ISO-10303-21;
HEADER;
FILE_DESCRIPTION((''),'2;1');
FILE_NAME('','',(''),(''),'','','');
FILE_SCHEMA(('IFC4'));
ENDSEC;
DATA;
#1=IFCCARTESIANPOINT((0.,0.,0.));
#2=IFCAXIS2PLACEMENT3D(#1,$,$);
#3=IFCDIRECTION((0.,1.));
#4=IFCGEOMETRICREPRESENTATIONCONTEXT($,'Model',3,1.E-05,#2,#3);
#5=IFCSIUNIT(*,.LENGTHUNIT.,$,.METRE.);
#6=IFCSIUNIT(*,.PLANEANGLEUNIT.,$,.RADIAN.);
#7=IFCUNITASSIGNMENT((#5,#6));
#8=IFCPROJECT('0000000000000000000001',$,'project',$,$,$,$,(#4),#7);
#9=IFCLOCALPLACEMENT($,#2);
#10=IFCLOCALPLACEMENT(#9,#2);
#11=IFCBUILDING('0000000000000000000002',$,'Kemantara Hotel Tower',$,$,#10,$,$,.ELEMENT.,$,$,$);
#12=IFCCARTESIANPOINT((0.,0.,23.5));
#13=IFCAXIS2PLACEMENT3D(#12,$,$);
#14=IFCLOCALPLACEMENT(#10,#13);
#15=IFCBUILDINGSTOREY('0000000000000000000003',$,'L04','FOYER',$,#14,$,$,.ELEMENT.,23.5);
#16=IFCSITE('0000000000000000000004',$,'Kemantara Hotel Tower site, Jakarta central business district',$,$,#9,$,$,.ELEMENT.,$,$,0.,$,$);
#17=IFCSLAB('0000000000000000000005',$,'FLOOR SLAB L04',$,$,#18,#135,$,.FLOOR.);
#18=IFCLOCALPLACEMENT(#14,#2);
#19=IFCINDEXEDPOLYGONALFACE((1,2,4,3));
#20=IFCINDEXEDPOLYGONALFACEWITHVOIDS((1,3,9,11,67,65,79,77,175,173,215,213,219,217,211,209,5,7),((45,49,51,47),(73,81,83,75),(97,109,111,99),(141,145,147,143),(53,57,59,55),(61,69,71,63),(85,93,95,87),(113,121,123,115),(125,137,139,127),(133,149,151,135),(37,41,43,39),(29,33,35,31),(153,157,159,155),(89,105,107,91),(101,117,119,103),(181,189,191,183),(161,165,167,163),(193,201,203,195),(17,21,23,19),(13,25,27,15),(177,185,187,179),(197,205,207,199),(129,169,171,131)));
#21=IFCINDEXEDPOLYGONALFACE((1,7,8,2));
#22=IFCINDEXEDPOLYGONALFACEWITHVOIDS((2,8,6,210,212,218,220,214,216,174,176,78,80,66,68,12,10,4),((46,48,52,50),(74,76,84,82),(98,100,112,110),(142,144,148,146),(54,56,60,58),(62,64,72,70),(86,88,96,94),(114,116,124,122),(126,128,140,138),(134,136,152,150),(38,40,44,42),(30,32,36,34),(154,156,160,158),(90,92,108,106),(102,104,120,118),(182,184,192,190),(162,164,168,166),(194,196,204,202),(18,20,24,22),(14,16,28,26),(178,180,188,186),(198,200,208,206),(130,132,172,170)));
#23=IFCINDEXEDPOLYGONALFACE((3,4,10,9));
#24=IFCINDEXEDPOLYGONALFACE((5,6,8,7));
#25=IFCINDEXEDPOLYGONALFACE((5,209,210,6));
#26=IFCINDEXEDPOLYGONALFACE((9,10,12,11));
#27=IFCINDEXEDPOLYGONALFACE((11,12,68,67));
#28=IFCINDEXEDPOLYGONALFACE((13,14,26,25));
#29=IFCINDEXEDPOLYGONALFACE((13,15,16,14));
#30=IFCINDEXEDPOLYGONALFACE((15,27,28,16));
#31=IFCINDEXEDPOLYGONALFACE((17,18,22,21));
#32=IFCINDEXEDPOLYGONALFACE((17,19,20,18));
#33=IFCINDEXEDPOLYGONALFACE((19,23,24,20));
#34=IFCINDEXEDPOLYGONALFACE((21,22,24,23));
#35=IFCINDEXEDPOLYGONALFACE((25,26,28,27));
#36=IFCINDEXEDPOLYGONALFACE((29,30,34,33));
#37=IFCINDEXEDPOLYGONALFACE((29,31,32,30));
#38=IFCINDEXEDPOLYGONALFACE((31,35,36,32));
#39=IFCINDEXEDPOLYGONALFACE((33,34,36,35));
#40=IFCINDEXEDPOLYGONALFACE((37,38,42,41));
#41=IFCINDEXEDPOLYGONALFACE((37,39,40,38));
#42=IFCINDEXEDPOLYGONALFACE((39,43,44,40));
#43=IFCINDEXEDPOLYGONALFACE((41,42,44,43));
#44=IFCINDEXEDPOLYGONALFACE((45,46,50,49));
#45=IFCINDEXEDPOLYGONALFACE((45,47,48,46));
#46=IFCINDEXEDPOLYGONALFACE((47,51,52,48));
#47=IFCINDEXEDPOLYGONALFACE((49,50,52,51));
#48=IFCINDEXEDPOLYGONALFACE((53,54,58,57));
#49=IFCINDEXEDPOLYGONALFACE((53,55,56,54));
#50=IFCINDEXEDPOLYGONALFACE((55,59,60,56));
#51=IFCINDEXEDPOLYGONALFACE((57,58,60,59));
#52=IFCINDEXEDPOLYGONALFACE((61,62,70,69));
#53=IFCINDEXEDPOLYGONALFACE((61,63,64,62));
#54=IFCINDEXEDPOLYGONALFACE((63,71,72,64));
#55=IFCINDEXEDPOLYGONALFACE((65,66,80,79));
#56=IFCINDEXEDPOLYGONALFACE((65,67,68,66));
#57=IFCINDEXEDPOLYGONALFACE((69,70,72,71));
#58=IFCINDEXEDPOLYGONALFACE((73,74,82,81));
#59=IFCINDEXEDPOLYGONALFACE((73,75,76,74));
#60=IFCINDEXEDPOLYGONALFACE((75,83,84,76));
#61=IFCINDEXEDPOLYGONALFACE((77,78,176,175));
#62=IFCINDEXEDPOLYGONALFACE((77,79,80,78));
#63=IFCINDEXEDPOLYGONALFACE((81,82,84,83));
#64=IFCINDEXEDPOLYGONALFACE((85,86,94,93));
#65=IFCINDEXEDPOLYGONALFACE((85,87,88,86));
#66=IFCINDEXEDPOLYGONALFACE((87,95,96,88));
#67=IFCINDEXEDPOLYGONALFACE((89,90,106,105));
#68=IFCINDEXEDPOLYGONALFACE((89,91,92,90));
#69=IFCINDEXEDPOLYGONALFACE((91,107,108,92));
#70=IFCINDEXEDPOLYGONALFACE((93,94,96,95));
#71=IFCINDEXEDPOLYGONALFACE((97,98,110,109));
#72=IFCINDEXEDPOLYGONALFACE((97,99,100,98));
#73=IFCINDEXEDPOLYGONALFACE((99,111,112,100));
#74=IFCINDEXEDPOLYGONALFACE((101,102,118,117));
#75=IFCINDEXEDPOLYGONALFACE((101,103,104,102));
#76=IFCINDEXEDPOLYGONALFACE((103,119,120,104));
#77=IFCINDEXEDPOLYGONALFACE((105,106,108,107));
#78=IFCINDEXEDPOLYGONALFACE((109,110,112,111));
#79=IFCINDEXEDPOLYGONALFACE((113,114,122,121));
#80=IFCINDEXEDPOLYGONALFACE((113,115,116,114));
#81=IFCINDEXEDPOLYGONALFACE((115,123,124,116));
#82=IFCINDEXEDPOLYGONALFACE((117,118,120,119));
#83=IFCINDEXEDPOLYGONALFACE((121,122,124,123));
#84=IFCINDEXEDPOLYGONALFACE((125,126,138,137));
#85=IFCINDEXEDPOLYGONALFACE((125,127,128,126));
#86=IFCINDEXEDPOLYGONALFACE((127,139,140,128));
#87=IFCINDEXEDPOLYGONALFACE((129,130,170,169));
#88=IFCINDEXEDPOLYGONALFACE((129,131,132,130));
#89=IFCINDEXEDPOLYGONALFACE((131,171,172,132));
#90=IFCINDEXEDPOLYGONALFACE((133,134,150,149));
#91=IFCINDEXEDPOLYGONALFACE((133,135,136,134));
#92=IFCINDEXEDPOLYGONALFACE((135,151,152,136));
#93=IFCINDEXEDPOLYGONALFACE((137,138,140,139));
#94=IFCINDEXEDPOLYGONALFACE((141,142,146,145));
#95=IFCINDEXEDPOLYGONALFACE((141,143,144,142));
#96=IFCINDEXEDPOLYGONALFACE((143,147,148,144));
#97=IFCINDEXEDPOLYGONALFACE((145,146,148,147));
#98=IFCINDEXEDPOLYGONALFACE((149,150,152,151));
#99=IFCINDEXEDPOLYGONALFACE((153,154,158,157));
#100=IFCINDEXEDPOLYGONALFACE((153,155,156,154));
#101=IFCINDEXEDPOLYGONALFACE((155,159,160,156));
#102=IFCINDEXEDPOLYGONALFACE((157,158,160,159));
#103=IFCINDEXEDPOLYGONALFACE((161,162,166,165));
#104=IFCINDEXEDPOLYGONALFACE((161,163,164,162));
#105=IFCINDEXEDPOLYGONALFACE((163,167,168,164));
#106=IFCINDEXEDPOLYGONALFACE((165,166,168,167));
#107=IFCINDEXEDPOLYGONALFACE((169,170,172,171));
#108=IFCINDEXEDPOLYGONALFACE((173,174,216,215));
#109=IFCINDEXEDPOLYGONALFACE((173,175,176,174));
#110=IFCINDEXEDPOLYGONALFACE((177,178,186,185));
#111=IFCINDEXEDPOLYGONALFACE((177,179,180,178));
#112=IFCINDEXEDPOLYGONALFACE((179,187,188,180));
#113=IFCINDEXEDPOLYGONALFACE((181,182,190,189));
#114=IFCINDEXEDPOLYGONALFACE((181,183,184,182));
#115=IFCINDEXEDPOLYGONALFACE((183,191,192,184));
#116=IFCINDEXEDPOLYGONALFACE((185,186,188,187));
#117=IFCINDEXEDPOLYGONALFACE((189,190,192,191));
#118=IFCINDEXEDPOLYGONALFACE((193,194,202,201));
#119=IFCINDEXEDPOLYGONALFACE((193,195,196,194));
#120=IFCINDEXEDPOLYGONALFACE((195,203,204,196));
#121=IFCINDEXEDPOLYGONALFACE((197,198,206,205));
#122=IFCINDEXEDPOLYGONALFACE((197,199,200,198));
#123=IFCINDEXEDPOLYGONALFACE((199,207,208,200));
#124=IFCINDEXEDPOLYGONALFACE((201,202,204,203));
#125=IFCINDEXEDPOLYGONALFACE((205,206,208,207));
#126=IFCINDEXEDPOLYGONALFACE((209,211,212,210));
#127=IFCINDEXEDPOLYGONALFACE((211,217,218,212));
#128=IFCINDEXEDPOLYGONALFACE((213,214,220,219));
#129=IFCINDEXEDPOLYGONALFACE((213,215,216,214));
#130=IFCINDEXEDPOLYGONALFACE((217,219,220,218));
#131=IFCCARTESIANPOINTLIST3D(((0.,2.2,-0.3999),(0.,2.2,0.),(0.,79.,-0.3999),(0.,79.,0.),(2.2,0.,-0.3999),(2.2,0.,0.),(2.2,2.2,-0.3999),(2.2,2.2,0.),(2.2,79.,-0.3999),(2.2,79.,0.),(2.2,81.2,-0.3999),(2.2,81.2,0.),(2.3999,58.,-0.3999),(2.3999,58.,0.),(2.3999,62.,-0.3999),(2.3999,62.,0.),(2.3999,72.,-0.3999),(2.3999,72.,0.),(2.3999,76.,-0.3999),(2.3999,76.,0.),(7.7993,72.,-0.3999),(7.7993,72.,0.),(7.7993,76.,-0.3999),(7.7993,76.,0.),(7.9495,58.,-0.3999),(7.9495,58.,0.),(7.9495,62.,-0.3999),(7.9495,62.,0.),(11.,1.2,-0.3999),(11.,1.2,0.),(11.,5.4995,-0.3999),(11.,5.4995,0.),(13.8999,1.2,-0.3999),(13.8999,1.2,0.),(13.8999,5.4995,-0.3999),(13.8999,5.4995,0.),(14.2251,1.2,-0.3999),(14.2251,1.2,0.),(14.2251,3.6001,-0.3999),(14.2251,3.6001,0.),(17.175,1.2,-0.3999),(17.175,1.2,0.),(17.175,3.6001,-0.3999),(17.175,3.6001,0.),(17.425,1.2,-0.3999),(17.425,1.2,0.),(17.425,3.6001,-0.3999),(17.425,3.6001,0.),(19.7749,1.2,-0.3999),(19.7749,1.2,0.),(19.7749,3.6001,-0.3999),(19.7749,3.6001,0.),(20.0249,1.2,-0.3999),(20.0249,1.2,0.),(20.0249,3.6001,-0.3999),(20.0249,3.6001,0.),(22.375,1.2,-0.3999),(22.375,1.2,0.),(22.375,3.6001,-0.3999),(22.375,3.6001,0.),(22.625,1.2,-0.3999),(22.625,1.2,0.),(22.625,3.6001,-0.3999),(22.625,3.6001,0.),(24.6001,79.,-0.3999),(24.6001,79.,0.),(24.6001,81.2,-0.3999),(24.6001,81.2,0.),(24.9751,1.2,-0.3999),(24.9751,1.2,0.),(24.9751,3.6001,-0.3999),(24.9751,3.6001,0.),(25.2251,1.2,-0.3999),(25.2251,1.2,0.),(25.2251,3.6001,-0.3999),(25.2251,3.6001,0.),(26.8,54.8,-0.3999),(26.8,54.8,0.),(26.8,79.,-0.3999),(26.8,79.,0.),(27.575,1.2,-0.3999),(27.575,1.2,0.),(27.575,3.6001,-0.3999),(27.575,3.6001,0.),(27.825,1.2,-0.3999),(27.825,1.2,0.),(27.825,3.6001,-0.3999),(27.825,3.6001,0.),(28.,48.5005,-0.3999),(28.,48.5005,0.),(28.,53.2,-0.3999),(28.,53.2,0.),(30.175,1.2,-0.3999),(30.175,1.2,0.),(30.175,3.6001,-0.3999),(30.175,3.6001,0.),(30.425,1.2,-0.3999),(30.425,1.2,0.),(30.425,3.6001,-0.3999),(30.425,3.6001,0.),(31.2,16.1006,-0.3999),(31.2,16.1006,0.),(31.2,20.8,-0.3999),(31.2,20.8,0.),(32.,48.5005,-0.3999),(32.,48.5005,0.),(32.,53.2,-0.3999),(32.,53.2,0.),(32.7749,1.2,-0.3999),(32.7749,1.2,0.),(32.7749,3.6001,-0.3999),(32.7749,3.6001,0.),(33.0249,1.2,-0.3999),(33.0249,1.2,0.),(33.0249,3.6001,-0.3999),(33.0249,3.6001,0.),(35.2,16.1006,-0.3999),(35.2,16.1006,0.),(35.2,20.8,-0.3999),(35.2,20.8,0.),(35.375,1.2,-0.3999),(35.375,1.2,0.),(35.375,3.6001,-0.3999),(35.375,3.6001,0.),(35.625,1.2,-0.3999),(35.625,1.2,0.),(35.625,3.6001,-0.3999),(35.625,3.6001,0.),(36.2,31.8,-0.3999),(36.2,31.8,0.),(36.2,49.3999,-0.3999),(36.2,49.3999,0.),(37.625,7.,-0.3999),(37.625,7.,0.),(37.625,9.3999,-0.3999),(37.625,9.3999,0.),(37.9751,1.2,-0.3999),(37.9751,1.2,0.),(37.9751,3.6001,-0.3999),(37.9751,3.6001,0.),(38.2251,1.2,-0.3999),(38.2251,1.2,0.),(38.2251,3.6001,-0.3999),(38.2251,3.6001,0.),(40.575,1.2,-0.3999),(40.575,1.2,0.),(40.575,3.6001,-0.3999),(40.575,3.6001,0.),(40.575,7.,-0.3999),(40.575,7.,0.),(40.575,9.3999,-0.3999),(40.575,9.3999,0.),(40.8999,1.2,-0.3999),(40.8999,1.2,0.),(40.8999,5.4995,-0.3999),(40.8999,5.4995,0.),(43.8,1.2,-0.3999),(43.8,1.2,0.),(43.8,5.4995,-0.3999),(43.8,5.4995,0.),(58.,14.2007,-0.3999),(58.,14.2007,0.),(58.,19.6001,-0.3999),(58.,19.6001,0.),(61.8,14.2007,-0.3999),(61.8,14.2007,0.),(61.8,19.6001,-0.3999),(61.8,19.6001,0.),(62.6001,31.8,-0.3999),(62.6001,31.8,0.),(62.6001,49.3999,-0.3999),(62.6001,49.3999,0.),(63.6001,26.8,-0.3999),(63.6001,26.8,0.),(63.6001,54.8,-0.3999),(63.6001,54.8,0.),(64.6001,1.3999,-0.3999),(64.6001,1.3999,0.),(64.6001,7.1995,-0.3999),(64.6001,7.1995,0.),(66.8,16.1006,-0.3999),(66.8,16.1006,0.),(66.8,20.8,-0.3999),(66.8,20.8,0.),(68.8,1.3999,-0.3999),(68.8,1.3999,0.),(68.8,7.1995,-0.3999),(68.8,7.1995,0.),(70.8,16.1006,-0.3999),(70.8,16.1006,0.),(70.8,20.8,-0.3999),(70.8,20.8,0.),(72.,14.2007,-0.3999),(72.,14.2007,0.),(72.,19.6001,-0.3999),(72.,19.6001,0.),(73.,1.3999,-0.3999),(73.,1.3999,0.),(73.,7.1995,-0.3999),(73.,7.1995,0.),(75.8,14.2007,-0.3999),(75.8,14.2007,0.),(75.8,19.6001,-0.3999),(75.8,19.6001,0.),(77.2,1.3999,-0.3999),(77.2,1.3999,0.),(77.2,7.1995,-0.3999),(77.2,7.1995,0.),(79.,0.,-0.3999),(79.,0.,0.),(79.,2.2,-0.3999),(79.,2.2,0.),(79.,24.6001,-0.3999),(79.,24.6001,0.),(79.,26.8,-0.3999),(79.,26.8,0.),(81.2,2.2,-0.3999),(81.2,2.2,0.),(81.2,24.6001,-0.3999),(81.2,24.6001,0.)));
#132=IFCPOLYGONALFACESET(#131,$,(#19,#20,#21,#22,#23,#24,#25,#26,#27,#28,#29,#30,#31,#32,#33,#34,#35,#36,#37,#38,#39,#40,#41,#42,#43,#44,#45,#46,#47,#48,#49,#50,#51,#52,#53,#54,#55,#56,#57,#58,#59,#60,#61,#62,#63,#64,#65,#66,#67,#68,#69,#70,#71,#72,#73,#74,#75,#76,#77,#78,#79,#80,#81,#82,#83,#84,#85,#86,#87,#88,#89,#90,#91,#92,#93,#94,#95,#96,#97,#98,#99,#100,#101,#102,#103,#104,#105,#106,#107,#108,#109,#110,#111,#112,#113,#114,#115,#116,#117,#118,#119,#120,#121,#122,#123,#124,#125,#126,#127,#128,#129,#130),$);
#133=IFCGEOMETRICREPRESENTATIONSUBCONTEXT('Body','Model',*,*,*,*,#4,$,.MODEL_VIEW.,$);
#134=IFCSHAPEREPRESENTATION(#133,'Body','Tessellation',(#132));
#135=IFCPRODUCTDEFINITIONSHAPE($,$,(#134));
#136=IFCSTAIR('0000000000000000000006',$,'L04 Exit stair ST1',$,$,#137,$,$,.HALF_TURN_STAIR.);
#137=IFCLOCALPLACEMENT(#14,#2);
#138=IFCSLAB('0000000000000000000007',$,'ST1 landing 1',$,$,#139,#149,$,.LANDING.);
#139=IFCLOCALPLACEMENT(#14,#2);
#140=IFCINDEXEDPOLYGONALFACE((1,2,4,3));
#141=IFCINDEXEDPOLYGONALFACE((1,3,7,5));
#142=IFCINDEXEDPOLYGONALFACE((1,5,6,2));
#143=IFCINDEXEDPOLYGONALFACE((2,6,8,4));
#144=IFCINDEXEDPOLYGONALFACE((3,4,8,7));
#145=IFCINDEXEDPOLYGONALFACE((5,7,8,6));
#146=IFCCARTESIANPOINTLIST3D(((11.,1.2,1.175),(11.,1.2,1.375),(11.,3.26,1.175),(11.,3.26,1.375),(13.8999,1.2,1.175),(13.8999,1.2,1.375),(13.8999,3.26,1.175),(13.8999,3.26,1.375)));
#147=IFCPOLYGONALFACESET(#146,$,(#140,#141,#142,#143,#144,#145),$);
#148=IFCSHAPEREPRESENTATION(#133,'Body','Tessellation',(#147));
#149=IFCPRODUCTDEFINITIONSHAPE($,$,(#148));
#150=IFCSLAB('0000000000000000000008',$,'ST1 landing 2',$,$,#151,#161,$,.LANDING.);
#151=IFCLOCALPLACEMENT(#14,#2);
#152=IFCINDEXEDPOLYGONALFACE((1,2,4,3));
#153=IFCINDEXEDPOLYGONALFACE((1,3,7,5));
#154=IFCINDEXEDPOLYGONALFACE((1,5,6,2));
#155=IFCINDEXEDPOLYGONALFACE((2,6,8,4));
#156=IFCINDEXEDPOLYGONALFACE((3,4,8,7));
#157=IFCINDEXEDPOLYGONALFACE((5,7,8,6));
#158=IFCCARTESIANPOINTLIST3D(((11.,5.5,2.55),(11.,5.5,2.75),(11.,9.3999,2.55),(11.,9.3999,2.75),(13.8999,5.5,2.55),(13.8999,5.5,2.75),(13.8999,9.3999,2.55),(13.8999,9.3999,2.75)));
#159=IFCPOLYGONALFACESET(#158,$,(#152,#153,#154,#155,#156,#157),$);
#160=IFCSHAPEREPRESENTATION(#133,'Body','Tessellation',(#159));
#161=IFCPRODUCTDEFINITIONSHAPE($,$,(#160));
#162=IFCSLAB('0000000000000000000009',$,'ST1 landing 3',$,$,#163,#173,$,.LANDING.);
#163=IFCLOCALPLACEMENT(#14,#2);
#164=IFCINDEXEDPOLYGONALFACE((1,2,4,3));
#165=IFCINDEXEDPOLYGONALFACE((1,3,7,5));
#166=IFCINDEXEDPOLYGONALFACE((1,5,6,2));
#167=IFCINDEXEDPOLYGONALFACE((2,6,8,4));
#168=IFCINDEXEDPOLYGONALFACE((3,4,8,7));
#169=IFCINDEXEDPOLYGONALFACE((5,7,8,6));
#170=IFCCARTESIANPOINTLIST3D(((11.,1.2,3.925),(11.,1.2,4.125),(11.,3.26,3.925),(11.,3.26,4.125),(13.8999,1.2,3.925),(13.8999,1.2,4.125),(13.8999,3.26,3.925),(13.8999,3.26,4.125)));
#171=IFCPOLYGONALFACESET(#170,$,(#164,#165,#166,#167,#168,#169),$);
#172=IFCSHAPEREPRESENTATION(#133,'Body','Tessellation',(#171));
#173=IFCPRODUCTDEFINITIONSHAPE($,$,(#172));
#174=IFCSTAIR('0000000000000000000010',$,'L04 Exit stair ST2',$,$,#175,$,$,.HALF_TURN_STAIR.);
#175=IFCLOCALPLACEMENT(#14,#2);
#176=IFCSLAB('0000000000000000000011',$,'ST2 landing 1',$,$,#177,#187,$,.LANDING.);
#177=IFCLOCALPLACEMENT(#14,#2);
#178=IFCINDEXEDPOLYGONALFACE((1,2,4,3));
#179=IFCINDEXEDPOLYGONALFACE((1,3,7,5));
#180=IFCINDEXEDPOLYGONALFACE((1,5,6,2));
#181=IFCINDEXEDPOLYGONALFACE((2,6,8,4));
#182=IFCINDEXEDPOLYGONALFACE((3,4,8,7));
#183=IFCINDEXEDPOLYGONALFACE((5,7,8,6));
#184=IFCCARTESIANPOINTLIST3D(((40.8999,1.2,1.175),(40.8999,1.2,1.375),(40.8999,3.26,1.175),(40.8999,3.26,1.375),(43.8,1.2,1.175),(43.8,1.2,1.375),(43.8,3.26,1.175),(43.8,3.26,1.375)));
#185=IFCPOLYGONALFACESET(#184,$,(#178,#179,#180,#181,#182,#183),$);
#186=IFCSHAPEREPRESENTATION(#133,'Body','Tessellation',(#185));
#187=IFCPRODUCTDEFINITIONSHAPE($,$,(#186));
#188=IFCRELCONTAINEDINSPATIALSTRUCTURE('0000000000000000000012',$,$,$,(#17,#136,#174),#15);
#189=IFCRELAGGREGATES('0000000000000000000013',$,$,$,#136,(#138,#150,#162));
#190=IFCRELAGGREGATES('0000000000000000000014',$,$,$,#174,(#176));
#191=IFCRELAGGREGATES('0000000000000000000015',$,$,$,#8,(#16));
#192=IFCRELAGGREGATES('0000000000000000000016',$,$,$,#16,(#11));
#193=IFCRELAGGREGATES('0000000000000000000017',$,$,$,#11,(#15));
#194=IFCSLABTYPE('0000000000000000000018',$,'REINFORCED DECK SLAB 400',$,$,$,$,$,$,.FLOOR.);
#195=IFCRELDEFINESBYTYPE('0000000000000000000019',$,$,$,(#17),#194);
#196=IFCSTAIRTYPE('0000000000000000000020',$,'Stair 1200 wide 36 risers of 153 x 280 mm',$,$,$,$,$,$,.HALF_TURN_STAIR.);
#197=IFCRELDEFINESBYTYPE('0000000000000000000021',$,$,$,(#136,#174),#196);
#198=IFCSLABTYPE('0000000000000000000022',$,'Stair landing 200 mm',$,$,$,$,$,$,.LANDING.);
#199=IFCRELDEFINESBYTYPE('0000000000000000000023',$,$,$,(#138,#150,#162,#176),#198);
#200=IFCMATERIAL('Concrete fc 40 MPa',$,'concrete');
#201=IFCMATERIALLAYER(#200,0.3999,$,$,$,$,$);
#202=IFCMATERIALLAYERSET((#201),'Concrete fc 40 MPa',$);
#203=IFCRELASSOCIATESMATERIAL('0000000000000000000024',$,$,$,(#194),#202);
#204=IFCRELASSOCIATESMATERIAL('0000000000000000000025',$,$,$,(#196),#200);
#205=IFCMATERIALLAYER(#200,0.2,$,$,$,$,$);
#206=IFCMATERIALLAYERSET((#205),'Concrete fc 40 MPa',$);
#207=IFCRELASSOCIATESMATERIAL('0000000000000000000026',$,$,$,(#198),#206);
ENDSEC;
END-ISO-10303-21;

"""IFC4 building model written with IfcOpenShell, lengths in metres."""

from ifc_helpers import new_model, si_unit, direction, frame, origin, place, context, subcontext, project, spatial, polyline, outline, extrude, material, layer, layer_set, type_object, element, aggregate, save


model = new_model("IFC4")

# Units and contexts
model_context = context("Model", 3, precision=1e-05, world=origin(), true_north=direction((0.0, 1.0)))
body_context = subcontext(model_context, "Body", "Model", "MODEL_VIEW")
ifc_project = project(units=[si_unit("LENGTHUNIT", "METRE"), si_unit("PLANEANGLEUNIT", "RADIAN")], contexts=[model_context])

# Site, building, storey
site_placement = place(None, origin())
site = spatial("IfcSite", under=ifc_project, at=site_placement, Name="Kemantara Hotel Tower site, Jakarta central business district", CompositionType="ELEMENT", RefElevation=0.0)
building_placement = place(site_placement, origin())
building = spatial("IfcBuilding", under=site, at=building_placement, Name="Kemantara Hotel Tower", CompositionType="ELEMENT")
storey_placement = place(building_placement, frame((0.0, 0.0, 23.5)))
storey = spatial("IfcBuildingStorey", under=building, at=storey_placement, Name="L04", Description="FOYER", CompositionType="ELEMENT", Elevation=23.5)

# Slab
ifc_material = material(Name="Concrete fc 40 MPa", Category="concrete")
ifc_layer_1 = layer(ifc_material, 0.3999)
ifc_layer_set_1 = layer_set([ifc_layer_1], Name="Concrete fc 40 MPa")
slab_type_1 = type_object("IfcSlabType", Name="REINFORCED DECK SLAB 400", PredefinedType="FLOOR", material=ifc_layer_set_1)
slab_1_placement = place(storey_placement, frame((0.0, 0.0, -0.3999)))
element("IfcSlab", 1, at=slab_1_placement, inside=storey, type_object=slab_type_1, Name="FLOOR SLAB L04", PredefinedType="FLOOR", context=body_context, shape_type="SweptSolid", body=[
    extrude(outline(polyline([(0.0, 2.2), (2.2, 2.2), (2.2, 0.0), (79.0, 0.0), (79.0, 2.2), (81.2, 2.2), (81.2, 24.6001), (79.0, 24.6001), (79.0, 26.8), (63.6001, 26.8), (63.6001, 54.8), (26.8, 54.8), (26.8, 79.0), (24.6001, 79.0), (24.6001, 81.2), (2.2, 81.2), (2.2, 79.0), (0.0, 79.0), (0.0, 2.2)]), holes=[polyline([(17.175, 1.2), (14.2251, 1.2), (14.2251, 3.6001), (17.175, 3.6001), (17.175, 1.2)]), polyline([(19.7749, 1.2), (17.425, 1.2), (17.425, 3.6001), (19.7749, 3.6001), (19.7749, 1.2)]), polyline([(22.375, 1.2), (20.0249, 1.2), (20.0249, 3.6001), (22.375, 3.6001), (22.375, 1.2)]), polyline([(22.625, 1.2), (22.625, 3.6001), (24.9751, 3.6001), (24.9751, 1.2), (22.625, 1.2)]), polyline([(25.2251, 1.2), (25.2251, 3.6001), (27.575, 3.6001), (27.575, 1.2), (25.2251, 1.2)]), polyline([(30.175, 1.2), (27.825, 1.2), (27.825, 3.6001), (30.175, 3.6001), (30.175, 1.2)]), polyline([(30.425, 1.2), (30.425, 3.6001), (32.7749, 3.6001), (32.7749, 1.2), (30.425, 1.2)]), polyline([(11.0, 5.4995), (13.8999, 5.4995), (13.8999, 1.2), (11.0, 1.2), (11.0, 5.4995)]), polyline([(35.2, 20.8), (35.2, 16.1006), (31.2, 16.1006), (31.2, 20.8), (35.2, 20.8)]), polyline([(32.0, 48.5005), (28.0, 48.5005), (28.0, 53.2), (32.0, 53.2), (32.0, 48.5005)]), polyline([(7.9495, 62.0), (7.9495, 58.0), (2.3999, 58.0), (2.3999, 62.0), (7.9495, 62.0)]), polyline([(2.3999, 76.0), (7.7993, 76.0), (7.7993, 72.0), (2.3999, 72.0), (2.3999, 76.0)]), polyline([(33.0249, 1.2), (33.0249, 3.6001), (35.375, 3.6001), (35.375, 1.2), (33.0249, 1.2)]), polyline([(35.625, 1.2), (35.625, 3.6001), (37.9751, 3.6001), (37.9751, 1.2), (35.625, 1.2)]), polyline([(40.575, 1.2), (38.2251, 1.2), (38.2251, 3.6001), (40.575, 3.6001), (40.575, 1.2)]), polyline([(40.8999, 5.4995), (43.8, 5.4995), (43.8, 1.2), (40.8999, 1.2), (40.8999, 5.4995)]), polyline([(64.6001, 7.1995), (68.8, 7.1995), (68.8, 1.3999), (64.6001, 1.3999), (64.6001, 7.1995)]), polyline([(73.0, 1.3999), (73.0, 7.1995), (77.2, 7.1995), (77.2, 1.3999), (73.0, 1.3999)]), polyline([(37.625, 7.0), (37.625, 9.3999), (40.575, 9.3999), (40.575, 7.0), (37.625, 7.0)]), polyline([(61.8, 14.2007), (58.0, 14.2007), (58.0, 19.6001), (61.8, 19.6001), (61.8, 14.2007)]), polyline([(75.8, 19.6001), (75.8, 14.2007), (72.0, 14.2007), (72.0, 19.6001), (75.8, 19.6001)]), polyline([(70.8, 16.1006), (66.8, 16.1006), (66.8, 20.8), (70.8, 20.8), (70.8, 16.1006)]), polyline([(36.2, 31.8), (36.2, 49.3999), (62.6001, 49.3999), (62.6001, 31.8), (36.2, 31.8)])]), origin(), (0.0, 0.0, 1.0), 0.3999),
])

# Stairs, slabs
stair_type_1 = type_object("IfcStairType", Name="Stair 1200 wide 36 risers of 153 x 280 mm", PredefinedType="HALF_TURN_STAIR", material=ifc_material)
stair_1_placement = place(storey_placement, origin())
stair_1 = element("IfcStair", 2, at=stair_1_placement, inside=storey, type_object=stair_type_1, Name="L04 Exit stair ST1", PredefinedType="HALF_TURN_STAIR")
ifc_layer_2 = layer(ifc_material, 0.2)
ifc_layer_set_2 = layer_set([ifc_layer_2], Name="Concrete fc 40 MPa")
slab_type_2 = type_object("IfcSlabType", Name="Stair landing 200 mm", PredefinedType="LANDING", material=ifc_layer_set_2)
slab_2_placement = place(storey_placement, frame((0.0, 0.0, 1.175)))
slab_2 = element("IfcSlab", 3, at=slab_2_placement, type_object=slab_type_2, Name="ST1 landing 1", PredefinedType="LANDING", context=body_context, shape_type="SweptSolid", body=[
    extrude(outline(polyline([(11.0, 3.26), (11.0, 1.2), (13.8999, 1.2), (13.8999, 3.26), (11.0, 3.26)])), origin(), (0.0, 0.0, 1.0), 0.2),
])
slab_3_placement = place(storey_placement, frame((0.0, 0.0, 2.55)))
slab_3 = element("IfcSlab", 4, at=slab_3_placement, type_object=slab_type_2, Name="ST1 landing 2", PredefinedType="LANDING", context=body_context, shape_type="SweptSolid", body=[
    extrude(outline(polyline([(11.0, 9.3999), (11.0, 5.5), (13.8999, 5.5), (13.8999, 9.3999), (11.0, 9.3999)])), origin(), (0.0, 0.0, 1.0), 0.2),
])
slab_4_placement = place(storey_placement, frame((0.0, 0.0, 3.925)))
slab_4 = element("IfcSlab", 5, at=slab_4_placement, type_object=slab_type_2, Name="ST1 landing 3", PredefinedType="LANDING", context=body_context, shape_type="SweptSolid", body=[
    extrude(outline(polyline([(11.0, 3.26), (11.0, 1.2), (13.8999, 1.2), (13.8999, 3.26), (11.0, 3.26)])), origin(), (0.0, 0.0, 1.0), 0.2),
])
aggregate(stair_1, [slab_2, slab_3, slab_4])
stair_2_placement = place(storey_placement, origin())
stair_2 = element("IfcStair", 6, at=stair_2_placement, inside=storey, type_object=stair_type_1, Name="L04 Exit stair ST2", PredefinedType="HALF_TURN_STAIR")
slab_5_placement = place(storey_placement, frame((0.0, 0.0, 1.175)))
slab_5 = element("IfcSlab", 7, at=slab_5_placement, type_object=slab_type_2, Name="ST2 landing 1", PredefinedType="LANDING", context=body_context, shape_type="SweptSolid", body=[
    extrude(outline(polyline([(40.8999, 3.26), (40.8999, 1.2), (43.8, 1.2), (43.8, 3.26), (40.8999, 3.26)])), origin(), (0.0, 0.0, 1.0), 0.2),
])
aggregate(stair_2, [slab_5])

save(model, "model.ifc")
